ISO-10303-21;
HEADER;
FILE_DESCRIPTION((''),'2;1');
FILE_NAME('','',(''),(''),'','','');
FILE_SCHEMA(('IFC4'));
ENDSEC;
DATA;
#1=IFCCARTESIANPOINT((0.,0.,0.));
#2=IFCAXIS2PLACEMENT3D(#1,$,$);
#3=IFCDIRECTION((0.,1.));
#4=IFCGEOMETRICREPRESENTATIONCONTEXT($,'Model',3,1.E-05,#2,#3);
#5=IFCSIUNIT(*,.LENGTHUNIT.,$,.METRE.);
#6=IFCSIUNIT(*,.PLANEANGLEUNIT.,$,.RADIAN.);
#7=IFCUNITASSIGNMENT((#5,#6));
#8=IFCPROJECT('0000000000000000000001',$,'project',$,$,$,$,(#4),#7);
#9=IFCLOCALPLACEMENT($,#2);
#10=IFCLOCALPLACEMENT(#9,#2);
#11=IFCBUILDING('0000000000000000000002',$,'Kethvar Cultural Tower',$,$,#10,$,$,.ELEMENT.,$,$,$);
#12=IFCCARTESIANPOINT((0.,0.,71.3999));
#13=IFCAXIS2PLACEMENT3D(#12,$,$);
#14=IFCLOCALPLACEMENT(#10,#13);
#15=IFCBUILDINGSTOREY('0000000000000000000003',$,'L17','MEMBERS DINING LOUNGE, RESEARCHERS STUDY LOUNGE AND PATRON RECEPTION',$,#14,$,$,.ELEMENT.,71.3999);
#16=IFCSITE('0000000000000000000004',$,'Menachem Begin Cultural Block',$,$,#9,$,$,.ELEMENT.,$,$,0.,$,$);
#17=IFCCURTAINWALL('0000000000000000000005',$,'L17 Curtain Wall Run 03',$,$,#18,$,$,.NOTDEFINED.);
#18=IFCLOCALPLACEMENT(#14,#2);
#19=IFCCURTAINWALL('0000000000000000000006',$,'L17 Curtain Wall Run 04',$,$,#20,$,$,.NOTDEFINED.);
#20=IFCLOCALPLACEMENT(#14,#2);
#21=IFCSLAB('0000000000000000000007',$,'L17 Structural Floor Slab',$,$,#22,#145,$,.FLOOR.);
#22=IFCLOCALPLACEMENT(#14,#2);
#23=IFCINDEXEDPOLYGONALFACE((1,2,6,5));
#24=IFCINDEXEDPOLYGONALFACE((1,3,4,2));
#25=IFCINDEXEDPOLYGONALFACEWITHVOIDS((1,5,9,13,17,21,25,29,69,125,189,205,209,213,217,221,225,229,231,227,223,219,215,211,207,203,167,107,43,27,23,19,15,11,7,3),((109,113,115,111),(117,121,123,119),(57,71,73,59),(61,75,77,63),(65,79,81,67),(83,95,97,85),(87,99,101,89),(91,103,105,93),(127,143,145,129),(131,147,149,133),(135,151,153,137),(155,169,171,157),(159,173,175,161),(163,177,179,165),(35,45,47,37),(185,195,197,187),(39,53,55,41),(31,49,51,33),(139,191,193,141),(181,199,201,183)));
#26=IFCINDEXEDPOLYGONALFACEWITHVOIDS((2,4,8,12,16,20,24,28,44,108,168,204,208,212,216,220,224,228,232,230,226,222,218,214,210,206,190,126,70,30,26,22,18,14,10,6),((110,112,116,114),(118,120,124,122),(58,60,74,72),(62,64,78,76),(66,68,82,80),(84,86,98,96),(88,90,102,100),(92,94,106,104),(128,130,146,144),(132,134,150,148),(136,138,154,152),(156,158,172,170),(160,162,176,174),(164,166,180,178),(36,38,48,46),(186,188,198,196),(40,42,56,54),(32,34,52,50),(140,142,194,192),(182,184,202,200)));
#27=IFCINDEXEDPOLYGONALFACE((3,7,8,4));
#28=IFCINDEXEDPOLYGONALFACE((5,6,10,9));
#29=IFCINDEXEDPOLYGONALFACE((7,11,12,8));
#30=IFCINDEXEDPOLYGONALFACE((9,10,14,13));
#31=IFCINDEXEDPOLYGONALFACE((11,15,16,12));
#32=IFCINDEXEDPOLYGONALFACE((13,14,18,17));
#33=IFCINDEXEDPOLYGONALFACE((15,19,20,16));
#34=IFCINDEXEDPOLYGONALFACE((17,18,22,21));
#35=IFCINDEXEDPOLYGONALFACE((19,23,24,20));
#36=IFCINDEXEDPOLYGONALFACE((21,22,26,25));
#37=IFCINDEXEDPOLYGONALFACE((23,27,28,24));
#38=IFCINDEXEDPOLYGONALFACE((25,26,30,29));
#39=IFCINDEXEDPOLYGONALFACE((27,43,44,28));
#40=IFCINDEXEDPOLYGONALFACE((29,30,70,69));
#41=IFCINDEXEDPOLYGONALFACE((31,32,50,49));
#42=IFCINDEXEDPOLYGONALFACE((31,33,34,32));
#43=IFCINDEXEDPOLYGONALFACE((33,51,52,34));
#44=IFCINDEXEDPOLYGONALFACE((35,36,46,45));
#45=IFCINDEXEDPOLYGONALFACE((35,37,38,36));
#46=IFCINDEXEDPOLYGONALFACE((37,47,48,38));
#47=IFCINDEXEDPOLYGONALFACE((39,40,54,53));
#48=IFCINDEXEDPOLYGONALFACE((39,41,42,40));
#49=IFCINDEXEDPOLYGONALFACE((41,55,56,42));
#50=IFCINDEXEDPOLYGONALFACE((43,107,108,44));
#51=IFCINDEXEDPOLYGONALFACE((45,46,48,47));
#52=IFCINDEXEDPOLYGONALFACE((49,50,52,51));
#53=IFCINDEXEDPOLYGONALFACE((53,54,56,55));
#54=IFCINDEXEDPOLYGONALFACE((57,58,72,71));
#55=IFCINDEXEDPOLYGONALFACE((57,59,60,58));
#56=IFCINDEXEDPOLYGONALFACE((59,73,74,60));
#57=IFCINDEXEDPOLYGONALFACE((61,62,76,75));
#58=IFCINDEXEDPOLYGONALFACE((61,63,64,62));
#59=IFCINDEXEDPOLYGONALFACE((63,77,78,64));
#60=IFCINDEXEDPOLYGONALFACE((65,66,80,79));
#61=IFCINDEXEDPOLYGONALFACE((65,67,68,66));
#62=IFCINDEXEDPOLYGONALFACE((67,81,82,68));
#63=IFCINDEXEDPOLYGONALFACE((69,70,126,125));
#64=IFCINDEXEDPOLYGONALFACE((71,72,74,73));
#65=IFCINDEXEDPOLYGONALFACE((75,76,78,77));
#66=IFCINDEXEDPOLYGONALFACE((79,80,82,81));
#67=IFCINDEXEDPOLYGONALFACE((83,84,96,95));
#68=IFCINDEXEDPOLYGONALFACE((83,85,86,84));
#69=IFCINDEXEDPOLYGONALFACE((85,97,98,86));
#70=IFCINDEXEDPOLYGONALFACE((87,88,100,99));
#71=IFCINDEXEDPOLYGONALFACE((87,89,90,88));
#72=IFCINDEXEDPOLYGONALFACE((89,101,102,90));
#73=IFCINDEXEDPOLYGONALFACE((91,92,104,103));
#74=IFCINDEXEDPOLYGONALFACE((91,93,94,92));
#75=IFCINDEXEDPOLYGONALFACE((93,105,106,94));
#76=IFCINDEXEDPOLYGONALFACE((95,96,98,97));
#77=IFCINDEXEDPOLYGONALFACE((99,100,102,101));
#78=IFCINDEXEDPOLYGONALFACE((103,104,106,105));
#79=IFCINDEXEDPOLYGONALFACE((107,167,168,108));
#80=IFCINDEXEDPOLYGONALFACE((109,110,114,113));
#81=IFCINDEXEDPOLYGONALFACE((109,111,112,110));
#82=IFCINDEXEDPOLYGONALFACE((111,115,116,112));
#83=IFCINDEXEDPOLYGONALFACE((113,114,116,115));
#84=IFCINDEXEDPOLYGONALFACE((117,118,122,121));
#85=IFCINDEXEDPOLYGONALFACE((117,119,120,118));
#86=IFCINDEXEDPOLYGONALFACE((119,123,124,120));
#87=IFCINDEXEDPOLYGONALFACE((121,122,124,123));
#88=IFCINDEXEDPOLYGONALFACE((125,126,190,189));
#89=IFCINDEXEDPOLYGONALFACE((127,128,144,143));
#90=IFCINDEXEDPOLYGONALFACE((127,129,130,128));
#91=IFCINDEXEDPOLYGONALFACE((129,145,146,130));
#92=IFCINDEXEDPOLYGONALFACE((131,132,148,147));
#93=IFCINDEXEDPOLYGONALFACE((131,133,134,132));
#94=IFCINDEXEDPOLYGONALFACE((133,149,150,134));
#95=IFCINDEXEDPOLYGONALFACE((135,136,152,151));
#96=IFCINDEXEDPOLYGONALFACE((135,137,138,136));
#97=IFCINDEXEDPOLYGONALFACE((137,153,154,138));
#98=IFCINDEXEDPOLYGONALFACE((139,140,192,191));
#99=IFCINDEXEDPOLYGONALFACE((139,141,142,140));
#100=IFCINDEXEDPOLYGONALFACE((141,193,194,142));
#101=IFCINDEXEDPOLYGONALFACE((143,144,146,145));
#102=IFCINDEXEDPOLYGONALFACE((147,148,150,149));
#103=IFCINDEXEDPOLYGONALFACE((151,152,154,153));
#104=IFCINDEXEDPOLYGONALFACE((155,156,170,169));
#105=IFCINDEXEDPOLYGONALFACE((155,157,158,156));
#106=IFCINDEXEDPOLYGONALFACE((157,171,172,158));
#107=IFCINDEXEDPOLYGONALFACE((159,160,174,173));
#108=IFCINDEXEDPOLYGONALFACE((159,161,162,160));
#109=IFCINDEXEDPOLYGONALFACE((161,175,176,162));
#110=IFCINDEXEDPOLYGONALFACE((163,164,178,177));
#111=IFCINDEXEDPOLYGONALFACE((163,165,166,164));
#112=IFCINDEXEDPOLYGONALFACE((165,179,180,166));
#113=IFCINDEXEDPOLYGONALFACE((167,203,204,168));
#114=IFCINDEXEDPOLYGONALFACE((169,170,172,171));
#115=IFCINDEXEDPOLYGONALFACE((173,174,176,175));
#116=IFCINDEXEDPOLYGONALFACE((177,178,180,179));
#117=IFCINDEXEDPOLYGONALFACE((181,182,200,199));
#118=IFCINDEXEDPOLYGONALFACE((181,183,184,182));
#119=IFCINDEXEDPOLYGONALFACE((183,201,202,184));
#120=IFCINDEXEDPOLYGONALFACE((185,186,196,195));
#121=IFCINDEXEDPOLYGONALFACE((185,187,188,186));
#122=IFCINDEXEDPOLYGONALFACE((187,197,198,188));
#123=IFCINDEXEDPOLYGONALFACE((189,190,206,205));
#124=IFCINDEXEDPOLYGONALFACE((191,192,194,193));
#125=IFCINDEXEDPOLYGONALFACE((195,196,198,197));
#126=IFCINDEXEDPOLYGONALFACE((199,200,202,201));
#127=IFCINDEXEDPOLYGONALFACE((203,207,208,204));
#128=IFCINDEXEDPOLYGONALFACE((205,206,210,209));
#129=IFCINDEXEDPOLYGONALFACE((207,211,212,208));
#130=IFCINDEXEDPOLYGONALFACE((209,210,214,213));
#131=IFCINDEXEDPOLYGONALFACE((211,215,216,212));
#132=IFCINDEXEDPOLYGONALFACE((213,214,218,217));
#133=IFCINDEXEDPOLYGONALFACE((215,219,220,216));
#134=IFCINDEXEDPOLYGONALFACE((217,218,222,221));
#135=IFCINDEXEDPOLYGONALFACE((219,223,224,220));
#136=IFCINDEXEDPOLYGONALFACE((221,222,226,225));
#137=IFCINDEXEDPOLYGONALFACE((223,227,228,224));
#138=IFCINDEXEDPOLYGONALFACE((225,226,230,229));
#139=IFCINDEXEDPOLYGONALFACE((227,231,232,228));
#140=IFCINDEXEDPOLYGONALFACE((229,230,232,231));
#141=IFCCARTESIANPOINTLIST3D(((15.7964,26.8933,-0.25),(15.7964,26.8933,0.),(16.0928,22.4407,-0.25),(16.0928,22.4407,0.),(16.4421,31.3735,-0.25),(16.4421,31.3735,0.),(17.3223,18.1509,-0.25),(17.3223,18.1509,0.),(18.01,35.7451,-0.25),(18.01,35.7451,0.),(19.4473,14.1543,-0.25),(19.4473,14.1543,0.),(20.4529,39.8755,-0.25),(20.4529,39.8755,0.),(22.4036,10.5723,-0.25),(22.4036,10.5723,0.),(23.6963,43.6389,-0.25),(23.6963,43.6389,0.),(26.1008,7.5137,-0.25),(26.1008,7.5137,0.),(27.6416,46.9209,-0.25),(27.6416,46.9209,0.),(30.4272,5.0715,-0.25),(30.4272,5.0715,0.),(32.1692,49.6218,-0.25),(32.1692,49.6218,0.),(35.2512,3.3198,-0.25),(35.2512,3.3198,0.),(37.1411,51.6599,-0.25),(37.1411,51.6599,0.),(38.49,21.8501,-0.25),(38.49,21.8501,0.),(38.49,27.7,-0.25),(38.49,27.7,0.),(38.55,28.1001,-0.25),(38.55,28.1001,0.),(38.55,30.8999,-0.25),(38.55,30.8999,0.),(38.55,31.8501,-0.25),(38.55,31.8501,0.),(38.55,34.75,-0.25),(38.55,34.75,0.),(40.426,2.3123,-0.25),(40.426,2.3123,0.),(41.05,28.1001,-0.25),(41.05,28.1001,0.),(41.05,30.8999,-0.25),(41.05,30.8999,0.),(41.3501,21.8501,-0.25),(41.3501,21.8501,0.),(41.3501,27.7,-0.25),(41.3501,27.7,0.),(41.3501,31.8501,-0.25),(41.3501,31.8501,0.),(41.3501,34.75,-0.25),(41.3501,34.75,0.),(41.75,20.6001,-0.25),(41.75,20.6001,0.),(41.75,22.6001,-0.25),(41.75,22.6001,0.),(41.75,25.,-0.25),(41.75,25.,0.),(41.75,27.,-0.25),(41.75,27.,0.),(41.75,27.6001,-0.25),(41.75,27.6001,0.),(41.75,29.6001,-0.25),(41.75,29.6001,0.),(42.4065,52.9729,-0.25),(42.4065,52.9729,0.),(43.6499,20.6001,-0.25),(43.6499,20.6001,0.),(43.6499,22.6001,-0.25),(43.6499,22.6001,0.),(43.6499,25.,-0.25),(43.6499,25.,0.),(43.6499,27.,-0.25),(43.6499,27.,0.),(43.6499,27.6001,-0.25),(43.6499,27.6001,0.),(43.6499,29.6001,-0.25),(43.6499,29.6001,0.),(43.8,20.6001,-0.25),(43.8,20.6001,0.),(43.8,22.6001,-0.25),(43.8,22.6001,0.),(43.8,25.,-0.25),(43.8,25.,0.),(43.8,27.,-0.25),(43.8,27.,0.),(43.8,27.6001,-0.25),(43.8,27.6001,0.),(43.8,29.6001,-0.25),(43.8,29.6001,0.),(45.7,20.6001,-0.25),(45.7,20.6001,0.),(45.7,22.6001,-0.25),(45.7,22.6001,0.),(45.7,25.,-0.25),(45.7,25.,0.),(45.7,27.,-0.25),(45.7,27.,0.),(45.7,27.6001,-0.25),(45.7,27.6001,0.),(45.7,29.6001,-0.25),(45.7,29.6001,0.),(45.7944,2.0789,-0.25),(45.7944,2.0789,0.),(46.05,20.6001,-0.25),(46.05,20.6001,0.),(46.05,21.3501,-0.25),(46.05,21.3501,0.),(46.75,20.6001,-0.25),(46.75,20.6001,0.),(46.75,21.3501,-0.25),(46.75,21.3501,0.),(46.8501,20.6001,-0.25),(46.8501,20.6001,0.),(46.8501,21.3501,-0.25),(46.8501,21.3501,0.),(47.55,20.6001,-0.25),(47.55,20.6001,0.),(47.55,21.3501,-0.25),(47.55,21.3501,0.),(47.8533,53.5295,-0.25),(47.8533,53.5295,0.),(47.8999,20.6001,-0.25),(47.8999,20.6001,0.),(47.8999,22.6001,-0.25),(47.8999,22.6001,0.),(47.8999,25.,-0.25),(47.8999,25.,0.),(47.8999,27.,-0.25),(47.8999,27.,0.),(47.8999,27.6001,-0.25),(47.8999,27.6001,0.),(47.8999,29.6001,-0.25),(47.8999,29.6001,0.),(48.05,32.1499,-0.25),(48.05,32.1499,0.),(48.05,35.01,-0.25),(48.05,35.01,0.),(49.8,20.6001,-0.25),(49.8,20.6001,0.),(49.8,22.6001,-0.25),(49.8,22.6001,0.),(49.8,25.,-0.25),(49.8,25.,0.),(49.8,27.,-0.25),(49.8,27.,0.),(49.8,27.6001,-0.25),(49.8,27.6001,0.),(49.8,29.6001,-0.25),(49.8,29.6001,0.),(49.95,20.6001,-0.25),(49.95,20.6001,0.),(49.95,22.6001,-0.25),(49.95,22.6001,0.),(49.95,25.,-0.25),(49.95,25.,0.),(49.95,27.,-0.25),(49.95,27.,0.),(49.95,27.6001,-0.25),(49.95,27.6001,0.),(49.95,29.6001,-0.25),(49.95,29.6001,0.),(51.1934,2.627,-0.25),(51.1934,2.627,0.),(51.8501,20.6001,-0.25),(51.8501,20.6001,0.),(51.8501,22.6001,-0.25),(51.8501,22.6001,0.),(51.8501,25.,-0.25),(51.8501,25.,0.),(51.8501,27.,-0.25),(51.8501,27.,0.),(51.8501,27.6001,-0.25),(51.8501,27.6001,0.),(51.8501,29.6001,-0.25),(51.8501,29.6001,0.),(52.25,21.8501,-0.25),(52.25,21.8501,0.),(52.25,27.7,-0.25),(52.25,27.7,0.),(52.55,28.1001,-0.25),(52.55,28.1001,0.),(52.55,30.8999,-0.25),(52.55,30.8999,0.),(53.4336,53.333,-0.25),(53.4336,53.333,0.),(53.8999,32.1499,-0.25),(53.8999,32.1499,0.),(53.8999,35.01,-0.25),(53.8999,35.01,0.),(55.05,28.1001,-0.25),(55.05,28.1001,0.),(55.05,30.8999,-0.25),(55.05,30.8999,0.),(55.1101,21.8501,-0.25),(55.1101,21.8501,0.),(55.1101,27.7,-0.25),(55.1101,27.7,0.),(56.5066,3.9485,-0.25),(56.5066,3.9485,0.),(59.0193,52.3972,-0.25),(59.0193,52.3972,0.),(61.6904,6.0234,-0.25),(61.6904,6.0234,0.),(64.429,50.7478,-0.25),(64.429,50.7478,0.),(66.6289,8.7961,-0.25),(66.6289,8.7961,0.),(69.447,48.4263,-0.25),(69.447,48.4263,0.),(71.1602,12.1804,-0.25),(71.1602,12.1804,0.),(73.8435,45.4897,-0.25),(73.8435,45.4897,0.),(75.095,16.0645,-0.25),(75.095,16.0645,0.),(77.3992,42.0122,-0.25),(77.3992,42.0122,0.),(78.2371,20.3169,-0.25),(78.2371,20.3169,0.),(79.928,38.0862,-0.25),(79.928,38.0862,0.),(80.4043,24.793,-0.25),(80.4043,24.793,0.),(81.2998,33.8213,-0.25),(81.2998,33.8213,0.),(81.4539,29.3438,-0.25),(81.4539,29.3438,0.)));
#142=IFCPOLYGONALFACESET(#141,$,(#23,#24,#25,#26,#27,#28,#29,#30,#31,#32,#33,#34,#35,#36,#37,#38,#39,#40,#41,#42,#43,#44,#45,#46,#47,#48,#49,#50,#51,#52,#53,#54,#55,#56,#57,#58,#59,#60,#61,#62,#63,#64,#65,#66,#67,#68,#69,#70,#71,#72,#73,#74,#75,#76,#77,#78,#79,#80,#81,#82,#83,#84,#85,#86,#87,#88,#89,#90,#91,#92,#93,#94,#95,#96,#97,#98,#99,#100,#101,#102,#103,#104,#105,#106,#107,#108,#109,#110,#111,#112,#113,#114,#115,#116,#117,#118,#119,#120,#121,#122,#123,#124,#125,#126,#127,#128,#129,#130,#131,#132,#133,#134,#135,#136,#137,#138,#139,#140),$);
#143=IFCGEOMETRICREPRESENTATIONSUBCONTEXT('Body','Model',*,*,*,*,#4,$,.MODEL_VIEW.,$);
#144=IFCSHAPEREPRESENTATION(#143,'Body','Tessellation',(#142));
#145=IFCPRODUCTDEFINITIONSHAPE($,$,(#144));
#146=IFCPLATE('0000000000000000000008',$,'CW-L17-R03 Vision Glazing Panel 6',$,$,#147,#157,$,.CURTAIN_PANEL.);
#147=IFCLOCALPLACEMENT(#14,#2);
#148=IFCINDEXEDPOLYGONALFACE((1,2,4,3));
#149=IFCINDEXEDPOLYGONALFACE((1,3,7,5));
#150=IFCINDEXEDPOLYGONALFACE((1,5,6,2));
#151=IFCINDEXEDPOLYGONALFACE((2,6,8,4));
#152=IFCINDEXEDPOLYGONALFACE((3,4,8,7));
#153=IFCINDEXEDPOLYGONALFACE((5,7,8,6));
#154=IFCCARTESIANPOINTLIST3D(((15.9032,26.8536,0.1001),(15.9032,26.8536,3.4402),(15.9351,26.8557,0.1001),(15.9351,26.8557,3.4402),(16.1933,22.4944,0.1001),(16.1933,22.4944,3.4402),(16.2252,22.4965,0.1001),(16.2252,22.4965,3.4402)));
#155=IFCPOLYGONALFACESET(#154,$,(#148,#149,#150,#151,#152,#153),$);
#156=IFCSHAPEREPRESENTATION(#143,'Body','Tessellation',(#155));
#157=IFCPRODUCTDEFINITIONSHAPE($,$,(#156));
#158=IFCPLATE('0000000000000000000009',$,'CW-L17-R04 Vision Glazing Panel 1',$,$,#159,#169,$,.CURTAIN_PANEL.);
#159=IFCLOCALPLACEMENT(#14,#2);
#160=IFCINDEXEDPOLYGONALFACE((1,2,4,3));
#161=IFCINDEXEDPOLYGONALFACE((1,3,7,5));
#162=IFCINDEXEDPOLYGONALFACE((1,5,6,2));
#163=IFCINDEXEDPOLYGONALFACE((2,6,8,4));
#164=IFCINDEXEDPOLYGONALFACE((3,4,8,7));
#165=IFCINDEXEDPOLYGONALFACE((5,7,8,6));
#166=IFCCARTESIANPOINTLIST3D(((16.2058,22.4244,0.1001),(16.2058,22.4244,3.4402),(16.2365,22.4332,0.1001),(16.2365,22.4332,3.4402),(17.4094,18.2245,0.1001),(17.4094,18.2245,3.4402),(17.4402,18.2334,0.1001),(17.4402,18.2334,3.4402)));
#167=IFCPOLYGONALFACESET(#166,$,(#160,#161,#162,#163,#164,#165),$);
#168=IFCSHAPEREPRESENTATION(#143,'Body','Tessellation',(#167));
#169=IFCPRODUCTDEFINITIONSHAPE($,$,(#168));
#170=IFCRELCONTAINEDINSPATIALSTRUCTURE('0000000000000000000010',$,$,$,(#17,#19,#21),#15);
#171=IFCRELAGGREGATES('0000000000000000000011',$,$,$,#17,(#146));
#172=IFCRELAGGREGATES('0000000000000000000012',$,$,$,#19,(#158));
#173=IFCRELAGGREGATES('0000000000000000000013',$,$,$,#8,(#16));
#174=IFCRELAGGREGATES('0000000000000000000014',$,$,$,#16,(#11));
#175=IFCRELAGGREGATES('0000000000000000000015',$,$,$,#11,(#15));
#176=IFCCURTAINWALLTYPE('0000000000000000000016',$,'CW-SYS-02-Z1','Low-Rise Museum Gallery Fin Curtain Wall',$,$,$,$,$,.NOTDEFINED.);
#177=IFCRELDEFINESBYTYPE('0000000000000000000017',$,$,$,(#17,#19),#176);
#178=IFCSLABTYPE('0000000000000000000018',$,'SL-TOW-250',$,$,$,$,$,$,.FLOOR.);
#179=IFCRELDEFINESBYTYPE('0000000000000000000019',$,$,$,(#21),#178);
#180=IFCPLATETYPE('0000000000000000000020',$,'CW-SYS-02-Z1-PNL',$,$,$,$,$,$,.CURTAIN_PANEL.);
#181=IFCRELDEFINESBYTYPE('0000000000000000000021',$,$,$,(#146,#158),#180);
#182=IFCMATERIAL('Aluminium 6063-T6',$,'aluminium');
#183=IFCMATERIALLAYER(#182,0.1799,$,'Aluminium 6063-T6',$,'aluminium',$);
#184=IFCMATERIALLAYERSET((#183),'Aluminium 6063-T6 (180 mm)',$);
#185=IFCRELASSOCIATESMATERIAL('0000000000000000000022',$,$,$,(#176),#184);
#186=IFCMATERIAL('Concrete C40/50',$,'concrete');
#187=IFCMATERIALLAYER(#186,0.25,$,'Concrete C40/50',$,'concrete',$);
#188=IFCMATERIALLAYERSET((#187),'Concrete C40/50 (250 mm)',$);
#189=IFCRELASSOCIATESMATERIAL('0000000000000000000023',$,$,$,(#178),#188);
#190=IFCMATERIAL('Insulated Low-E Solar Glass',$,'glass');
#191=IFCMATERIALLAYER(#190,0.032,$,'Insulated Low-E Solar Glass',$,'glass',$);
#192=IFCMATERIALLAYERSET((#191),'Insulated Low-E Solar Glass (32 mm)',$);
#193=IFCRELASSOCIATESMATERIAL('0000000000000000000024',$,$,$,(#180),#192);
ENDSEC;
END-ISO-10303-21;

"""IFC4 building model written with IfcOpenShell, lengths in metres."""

from ifc_helpers import new_model, si_unit, direction, frame, origin, origin_2d, place, context, subcontext, project, spatial, polyline, rectangle, outline, extrude, source, transform, mapped, material, layer, layer_set, type_object, element, aggregate, save


model = new_model("IFC4")

# Units and contexts
model_context = context("Model", 3, precision=1e-05, world=origin(), true_north=direction((0.0, 1.0)))
body_context = subcontext(model_context, "Body", "Model", "MODEL_VIEW")
ifc_project = project(units=[si_unit("LENGTHUNIT", "METRE"), si_unit("PLANEANGLEUNIT", "RADIAN")], contexts=[model_context])

# Site, building, storey
site_placement = place(None, origin())
site = spatial("IfcSite", under=ifc_project, at=site_placement, Name="Menachem Begin Cultural Block", CompositionType="ELEMENT", RefElevation=0.0)
building_placement = place(site_placement, origin())
building = spatial("IfcBuilding", under=site, at=building_placement, Name="Kethvar Cultural Tower", CompositionType="ELEMENT")
storey_placement = place(building_placement, frame((0.0, 0.0, 71.3999)))
storey = spatial("IfcBuildingStorey", under=building, at=storey_placement, Name="L17", Description="MEMBERS DINING LOUNGE, RESEARCHERS STUDY LOUNGE AND PATRON RECEPTION", CompositionType="ELEMENT", Elevation=71.3999)

# Curtain wall
ifc_material_1 = material(Name="Aluminium 6063-T6", Category="aluminium")
ifc_layer_1 = layer(ifc_material_1, 0.1799, Name="Aluminium 6063-T6", Category="aluminium")
ifc_layer_set_1 = layer_set([ifc_layer_1], Name="Aluminium 6063-T6 (180 mm)")
curtain_wall_type = type_object("IfcCurtainWallType", Name="CW-SYS-02-Z1", Description="Low-Rise Museum Gallery Fin Curtain Wall", PredefinedType="NOTDEFINED", material=ifc_layer_set_1)
curtain_wall_1_placement = place(storey_placement, origin())
curtain_wall_1 = element("IfcCurtainWall", 1, at=curtain_wall_1_placement, inside=storey, type_object=curtain_wall_type, Name="L17 Curtain Wall Run 03", PredefinedType="NOTDEFINED")

# Curtain wall
curtain_wall_2_placement = place(storey_placement, origin())
curtain_wall_2 = element("IfcCurtainWall", 2, at=curtain_wall_2_placement, inside=storey, type_object=curtain_wall_type, Name="L17 Curtain Wall Run 04", PredefinedType="NOTDEFINED")

# Shared definitions
ifc_material_2 = material(Name="Concrete C40/50", Category="concrete")

# Slab
ifc_layer_2 = layer(ifc_material_2, 0.25, Name="Concrete C40/50", Category="concrete")
ifc_layer_set_2 = layer_set([ifc_layer_2], Name="Concrete C40/50 (250 mm)")
slab_type_1 = type_object("IfcSlabType", Name="SL-TOW-250", PredefinedType="FLOOR", material=ifc_layer_set_2)
slab_1_placement = place(storey_placement, frame((0.0, 0.0, -0.25)))
element("IfcSlab", 3, at=slab_1_placement, inside=storey, type_object=slab_type_1, Name="L17 Structural Floor Slab", PredefinedType="FLOOR", context=body_context, shape_type="SweptSolid", body=[
    extrude(outline(polyline([(81.2998, 33.8213), (79.928, 38.0862), (77.3992, 42.0122), (73.8435, 45.4897), (69.447, 48.4263), (64.429, 50.7478), (59.0193, 52.3972), (53.4336, 53.333), (47.8533, 53.5295), (42.4065, 52.9729), (37.1411, 51.6599), (32.1692, 49.6218), (27.6416, 46.9209), (23.6963, 43.6389), (20.4529, 39.8755), (18.01, 35.7451), (16.4421, 31.3735), (15.7964, 26.8933), (16.0928, 22.4407), (17.3223, 18.1509), (19.4473, 14.1543), (22.4036, 10.5723), (26.1008, 7.5137), (30.4272, 5.0715), (35.2512, 3.3198), (40.426, 2.3123), (45.7944, 2.0789), (51.1934, 2.627), (56.5066, 3.9485), (61.6904, 6.0234), (66.6289, 8.7961), (71.1602, 12.1804), (75.095, 16.0645), (78.2371, 20.3169), (80.4043, 24.793), (81.4539, 29.3438), (81.2998, 33.8213)]), holes=[polyline([(38.49, 21.8501), (38.49, 27.7), (41.3501, 27.7), (41.3501, 21.8501), (38.49, 21.8501)]), polyline([(52.25, 21.8501), (52.25, 27.7), (55.1101, 27.7), (55.1101, 21.8501), (52.25, 21.8501)]), polyline([(53.8999, 32.1499), (48.05, 32.1499), (48.05, 35.01), (53.8999, 35.01), (53.8999, 32.1499)]), polyline([(41.75, 22.6001), (43.6499, 22.6001), (43.6499, 20.6001), (41.75, 20.6001), (41.75, 22.6001)]), polyline([(43.8, 22.6001), (45.7, 22.6001), (45.7, 20.6001), (43.8, 20.6001), (43.8, 22.6001)]), polyline([(47.8999, 22.6001), (49.8, 22.6001), (49.8, 20.6001), (47.8999, 20.6001), (47.8999, 22.6001)]), polyline([(49.95, 22.6001), (51.8501, 22.6001), (51.8501, 20.6001), (49.95, 20.6001), (49.95, 22.6001)]), polyline([(41.75, 27.0), (43.6499, 27.0), (43.6499, 25.0), (41.75, 25.0), (41.75, 27.0)]), polyline([(43.8, 27.0), (45.7, 27.0), (45.7, 25.0), (43.8, 25.0), (43.8, 27.0)]), polyline([(47.8999, 27.0), (49.8, 27.0), (49.8, 25.0), (47.8999, 25.0), (47.8999, 27.0)]), polyline([(49.95, 27.0), (51.8501, 27.0), (51.8501, 25.0), (49.95, 25.0), (49.95, 27.0)]), polyline([(41.75, 29.6001), (43.6499, 29.6001), (43.6499, 27.6001), (41.75, 27.6001), (41.75, 29.6001)]), polyline([(43.8, 29.6001), (45.7, 29.6001), (45.7, 27.6001), (43.8, 27.6001), (43.8, 29.6001)]), polyline([(47.8999, 29.6001), (49.8, 29.6001), (49.8, 27.6001), (47.8999, 27.6001), (47.8999, 29.6001)]), polyline([(49.95, 29.6001), (51.8501, 29.6001), (51.8501, 27.6001), (49.95, 27.6001), (49.95, 29.6001)]), polyline([(38.55, 30.8999), (41.05, 30.8999), (41.05, 28.1001), (38.55, 28.1001), (38.55, 30.8999)]), polyline([(52.55, 30.8999), (55.05, 30.8999), (55.05, 28.1001), (52.55, 28.1001), (52.55, 30.8999)]), polyline([(38.55, 34.75), (41.3501, 34.75), (41.3501, 31.8501), (38.55, 31.8501), (38.55, 34.75)]), polyline([(46.05, 21.3501), (46.75, 21.3501), (46.75, 20.6001), (46.05, 20.6001), (46.05, 21.3501)]), polyline([(46.8501, 21.3501), (47.55, 21.3501), (47.55, 20.6001), (46.8501, 20.6001), (46.8501, 21.3501)])]), origin(), (0.0, 0.0, 1.0), 0.25),
])

# Plates
ifc_material_3 = material(Name="Insulated Low-E Solar Glass", Category="glass")
ifc_layer_3 = layer(ifc_material_3, 0.032, Name="Insulated Low-E Solar Glass", Category="glass")
ifc_layer_set_3 = layer_set([ifc_layer_3], Name="Insulated Low-E Solar Glass (32 mm)")
plate_type = type_object("IfcPlateType", Name="CW-SYS-02-Z1-PNL", PredefinedType="CURTAIN_PANEL", material=ifc_layer_set_3)
shared_shape_1 = source(origin(), body_context, "Body", "SweptSolid", [
    extrude(rectangle(XDim=4.3689, YDim=0.032, at=origin_2d()), origin(), (0.0, 0.0, 1.0), 3.3401),
])
plate_1_placement = place(storey_placement, frame((16.0642, 24.675, 0.1001), z_axis=(0.0, 0.0, 1.0), x_axis=(0.066413, -0.997792, 0.0)))
plate_1 = element("IfcPlate", 4, at=plate_1_placement, type_object=plate_type, Name="CW-L17-R03 Vision Glazing Panel 6", PredefinedType="CURTAIN_PANEL", context=body_context, shape_type="MappedRepresentation", body=[
    mapped(shared_shape_1, transform((0.0, 0.0, 0.0), scale=1.0)),
])
aggregate(curtain_wall_1, [plate_1])
plate_2_placement = place(storey_placement, frame((16.823, 20.3289, 0.1001), z_axis=(0.0, 0.0, 1.0), x_axis=(0.275503, -0.9613, 0.0)))
plate_2 = element("IfcPlate", 5, at=plate_2_placement, type_object=plate_type, Name="CW-L17-R04 Vision Glazing Panel 1", PredefinedType="CURTAIN_PANEL", context=body_context, shape_type="MappedRepresentation", body=[
    mapped(shared_shape_1, transform((0.0, 0.0, 0.0), scale=1.0)),
])
aggregate(curtain_wall_2, [plate_2])

save(model, "model.ifc")
